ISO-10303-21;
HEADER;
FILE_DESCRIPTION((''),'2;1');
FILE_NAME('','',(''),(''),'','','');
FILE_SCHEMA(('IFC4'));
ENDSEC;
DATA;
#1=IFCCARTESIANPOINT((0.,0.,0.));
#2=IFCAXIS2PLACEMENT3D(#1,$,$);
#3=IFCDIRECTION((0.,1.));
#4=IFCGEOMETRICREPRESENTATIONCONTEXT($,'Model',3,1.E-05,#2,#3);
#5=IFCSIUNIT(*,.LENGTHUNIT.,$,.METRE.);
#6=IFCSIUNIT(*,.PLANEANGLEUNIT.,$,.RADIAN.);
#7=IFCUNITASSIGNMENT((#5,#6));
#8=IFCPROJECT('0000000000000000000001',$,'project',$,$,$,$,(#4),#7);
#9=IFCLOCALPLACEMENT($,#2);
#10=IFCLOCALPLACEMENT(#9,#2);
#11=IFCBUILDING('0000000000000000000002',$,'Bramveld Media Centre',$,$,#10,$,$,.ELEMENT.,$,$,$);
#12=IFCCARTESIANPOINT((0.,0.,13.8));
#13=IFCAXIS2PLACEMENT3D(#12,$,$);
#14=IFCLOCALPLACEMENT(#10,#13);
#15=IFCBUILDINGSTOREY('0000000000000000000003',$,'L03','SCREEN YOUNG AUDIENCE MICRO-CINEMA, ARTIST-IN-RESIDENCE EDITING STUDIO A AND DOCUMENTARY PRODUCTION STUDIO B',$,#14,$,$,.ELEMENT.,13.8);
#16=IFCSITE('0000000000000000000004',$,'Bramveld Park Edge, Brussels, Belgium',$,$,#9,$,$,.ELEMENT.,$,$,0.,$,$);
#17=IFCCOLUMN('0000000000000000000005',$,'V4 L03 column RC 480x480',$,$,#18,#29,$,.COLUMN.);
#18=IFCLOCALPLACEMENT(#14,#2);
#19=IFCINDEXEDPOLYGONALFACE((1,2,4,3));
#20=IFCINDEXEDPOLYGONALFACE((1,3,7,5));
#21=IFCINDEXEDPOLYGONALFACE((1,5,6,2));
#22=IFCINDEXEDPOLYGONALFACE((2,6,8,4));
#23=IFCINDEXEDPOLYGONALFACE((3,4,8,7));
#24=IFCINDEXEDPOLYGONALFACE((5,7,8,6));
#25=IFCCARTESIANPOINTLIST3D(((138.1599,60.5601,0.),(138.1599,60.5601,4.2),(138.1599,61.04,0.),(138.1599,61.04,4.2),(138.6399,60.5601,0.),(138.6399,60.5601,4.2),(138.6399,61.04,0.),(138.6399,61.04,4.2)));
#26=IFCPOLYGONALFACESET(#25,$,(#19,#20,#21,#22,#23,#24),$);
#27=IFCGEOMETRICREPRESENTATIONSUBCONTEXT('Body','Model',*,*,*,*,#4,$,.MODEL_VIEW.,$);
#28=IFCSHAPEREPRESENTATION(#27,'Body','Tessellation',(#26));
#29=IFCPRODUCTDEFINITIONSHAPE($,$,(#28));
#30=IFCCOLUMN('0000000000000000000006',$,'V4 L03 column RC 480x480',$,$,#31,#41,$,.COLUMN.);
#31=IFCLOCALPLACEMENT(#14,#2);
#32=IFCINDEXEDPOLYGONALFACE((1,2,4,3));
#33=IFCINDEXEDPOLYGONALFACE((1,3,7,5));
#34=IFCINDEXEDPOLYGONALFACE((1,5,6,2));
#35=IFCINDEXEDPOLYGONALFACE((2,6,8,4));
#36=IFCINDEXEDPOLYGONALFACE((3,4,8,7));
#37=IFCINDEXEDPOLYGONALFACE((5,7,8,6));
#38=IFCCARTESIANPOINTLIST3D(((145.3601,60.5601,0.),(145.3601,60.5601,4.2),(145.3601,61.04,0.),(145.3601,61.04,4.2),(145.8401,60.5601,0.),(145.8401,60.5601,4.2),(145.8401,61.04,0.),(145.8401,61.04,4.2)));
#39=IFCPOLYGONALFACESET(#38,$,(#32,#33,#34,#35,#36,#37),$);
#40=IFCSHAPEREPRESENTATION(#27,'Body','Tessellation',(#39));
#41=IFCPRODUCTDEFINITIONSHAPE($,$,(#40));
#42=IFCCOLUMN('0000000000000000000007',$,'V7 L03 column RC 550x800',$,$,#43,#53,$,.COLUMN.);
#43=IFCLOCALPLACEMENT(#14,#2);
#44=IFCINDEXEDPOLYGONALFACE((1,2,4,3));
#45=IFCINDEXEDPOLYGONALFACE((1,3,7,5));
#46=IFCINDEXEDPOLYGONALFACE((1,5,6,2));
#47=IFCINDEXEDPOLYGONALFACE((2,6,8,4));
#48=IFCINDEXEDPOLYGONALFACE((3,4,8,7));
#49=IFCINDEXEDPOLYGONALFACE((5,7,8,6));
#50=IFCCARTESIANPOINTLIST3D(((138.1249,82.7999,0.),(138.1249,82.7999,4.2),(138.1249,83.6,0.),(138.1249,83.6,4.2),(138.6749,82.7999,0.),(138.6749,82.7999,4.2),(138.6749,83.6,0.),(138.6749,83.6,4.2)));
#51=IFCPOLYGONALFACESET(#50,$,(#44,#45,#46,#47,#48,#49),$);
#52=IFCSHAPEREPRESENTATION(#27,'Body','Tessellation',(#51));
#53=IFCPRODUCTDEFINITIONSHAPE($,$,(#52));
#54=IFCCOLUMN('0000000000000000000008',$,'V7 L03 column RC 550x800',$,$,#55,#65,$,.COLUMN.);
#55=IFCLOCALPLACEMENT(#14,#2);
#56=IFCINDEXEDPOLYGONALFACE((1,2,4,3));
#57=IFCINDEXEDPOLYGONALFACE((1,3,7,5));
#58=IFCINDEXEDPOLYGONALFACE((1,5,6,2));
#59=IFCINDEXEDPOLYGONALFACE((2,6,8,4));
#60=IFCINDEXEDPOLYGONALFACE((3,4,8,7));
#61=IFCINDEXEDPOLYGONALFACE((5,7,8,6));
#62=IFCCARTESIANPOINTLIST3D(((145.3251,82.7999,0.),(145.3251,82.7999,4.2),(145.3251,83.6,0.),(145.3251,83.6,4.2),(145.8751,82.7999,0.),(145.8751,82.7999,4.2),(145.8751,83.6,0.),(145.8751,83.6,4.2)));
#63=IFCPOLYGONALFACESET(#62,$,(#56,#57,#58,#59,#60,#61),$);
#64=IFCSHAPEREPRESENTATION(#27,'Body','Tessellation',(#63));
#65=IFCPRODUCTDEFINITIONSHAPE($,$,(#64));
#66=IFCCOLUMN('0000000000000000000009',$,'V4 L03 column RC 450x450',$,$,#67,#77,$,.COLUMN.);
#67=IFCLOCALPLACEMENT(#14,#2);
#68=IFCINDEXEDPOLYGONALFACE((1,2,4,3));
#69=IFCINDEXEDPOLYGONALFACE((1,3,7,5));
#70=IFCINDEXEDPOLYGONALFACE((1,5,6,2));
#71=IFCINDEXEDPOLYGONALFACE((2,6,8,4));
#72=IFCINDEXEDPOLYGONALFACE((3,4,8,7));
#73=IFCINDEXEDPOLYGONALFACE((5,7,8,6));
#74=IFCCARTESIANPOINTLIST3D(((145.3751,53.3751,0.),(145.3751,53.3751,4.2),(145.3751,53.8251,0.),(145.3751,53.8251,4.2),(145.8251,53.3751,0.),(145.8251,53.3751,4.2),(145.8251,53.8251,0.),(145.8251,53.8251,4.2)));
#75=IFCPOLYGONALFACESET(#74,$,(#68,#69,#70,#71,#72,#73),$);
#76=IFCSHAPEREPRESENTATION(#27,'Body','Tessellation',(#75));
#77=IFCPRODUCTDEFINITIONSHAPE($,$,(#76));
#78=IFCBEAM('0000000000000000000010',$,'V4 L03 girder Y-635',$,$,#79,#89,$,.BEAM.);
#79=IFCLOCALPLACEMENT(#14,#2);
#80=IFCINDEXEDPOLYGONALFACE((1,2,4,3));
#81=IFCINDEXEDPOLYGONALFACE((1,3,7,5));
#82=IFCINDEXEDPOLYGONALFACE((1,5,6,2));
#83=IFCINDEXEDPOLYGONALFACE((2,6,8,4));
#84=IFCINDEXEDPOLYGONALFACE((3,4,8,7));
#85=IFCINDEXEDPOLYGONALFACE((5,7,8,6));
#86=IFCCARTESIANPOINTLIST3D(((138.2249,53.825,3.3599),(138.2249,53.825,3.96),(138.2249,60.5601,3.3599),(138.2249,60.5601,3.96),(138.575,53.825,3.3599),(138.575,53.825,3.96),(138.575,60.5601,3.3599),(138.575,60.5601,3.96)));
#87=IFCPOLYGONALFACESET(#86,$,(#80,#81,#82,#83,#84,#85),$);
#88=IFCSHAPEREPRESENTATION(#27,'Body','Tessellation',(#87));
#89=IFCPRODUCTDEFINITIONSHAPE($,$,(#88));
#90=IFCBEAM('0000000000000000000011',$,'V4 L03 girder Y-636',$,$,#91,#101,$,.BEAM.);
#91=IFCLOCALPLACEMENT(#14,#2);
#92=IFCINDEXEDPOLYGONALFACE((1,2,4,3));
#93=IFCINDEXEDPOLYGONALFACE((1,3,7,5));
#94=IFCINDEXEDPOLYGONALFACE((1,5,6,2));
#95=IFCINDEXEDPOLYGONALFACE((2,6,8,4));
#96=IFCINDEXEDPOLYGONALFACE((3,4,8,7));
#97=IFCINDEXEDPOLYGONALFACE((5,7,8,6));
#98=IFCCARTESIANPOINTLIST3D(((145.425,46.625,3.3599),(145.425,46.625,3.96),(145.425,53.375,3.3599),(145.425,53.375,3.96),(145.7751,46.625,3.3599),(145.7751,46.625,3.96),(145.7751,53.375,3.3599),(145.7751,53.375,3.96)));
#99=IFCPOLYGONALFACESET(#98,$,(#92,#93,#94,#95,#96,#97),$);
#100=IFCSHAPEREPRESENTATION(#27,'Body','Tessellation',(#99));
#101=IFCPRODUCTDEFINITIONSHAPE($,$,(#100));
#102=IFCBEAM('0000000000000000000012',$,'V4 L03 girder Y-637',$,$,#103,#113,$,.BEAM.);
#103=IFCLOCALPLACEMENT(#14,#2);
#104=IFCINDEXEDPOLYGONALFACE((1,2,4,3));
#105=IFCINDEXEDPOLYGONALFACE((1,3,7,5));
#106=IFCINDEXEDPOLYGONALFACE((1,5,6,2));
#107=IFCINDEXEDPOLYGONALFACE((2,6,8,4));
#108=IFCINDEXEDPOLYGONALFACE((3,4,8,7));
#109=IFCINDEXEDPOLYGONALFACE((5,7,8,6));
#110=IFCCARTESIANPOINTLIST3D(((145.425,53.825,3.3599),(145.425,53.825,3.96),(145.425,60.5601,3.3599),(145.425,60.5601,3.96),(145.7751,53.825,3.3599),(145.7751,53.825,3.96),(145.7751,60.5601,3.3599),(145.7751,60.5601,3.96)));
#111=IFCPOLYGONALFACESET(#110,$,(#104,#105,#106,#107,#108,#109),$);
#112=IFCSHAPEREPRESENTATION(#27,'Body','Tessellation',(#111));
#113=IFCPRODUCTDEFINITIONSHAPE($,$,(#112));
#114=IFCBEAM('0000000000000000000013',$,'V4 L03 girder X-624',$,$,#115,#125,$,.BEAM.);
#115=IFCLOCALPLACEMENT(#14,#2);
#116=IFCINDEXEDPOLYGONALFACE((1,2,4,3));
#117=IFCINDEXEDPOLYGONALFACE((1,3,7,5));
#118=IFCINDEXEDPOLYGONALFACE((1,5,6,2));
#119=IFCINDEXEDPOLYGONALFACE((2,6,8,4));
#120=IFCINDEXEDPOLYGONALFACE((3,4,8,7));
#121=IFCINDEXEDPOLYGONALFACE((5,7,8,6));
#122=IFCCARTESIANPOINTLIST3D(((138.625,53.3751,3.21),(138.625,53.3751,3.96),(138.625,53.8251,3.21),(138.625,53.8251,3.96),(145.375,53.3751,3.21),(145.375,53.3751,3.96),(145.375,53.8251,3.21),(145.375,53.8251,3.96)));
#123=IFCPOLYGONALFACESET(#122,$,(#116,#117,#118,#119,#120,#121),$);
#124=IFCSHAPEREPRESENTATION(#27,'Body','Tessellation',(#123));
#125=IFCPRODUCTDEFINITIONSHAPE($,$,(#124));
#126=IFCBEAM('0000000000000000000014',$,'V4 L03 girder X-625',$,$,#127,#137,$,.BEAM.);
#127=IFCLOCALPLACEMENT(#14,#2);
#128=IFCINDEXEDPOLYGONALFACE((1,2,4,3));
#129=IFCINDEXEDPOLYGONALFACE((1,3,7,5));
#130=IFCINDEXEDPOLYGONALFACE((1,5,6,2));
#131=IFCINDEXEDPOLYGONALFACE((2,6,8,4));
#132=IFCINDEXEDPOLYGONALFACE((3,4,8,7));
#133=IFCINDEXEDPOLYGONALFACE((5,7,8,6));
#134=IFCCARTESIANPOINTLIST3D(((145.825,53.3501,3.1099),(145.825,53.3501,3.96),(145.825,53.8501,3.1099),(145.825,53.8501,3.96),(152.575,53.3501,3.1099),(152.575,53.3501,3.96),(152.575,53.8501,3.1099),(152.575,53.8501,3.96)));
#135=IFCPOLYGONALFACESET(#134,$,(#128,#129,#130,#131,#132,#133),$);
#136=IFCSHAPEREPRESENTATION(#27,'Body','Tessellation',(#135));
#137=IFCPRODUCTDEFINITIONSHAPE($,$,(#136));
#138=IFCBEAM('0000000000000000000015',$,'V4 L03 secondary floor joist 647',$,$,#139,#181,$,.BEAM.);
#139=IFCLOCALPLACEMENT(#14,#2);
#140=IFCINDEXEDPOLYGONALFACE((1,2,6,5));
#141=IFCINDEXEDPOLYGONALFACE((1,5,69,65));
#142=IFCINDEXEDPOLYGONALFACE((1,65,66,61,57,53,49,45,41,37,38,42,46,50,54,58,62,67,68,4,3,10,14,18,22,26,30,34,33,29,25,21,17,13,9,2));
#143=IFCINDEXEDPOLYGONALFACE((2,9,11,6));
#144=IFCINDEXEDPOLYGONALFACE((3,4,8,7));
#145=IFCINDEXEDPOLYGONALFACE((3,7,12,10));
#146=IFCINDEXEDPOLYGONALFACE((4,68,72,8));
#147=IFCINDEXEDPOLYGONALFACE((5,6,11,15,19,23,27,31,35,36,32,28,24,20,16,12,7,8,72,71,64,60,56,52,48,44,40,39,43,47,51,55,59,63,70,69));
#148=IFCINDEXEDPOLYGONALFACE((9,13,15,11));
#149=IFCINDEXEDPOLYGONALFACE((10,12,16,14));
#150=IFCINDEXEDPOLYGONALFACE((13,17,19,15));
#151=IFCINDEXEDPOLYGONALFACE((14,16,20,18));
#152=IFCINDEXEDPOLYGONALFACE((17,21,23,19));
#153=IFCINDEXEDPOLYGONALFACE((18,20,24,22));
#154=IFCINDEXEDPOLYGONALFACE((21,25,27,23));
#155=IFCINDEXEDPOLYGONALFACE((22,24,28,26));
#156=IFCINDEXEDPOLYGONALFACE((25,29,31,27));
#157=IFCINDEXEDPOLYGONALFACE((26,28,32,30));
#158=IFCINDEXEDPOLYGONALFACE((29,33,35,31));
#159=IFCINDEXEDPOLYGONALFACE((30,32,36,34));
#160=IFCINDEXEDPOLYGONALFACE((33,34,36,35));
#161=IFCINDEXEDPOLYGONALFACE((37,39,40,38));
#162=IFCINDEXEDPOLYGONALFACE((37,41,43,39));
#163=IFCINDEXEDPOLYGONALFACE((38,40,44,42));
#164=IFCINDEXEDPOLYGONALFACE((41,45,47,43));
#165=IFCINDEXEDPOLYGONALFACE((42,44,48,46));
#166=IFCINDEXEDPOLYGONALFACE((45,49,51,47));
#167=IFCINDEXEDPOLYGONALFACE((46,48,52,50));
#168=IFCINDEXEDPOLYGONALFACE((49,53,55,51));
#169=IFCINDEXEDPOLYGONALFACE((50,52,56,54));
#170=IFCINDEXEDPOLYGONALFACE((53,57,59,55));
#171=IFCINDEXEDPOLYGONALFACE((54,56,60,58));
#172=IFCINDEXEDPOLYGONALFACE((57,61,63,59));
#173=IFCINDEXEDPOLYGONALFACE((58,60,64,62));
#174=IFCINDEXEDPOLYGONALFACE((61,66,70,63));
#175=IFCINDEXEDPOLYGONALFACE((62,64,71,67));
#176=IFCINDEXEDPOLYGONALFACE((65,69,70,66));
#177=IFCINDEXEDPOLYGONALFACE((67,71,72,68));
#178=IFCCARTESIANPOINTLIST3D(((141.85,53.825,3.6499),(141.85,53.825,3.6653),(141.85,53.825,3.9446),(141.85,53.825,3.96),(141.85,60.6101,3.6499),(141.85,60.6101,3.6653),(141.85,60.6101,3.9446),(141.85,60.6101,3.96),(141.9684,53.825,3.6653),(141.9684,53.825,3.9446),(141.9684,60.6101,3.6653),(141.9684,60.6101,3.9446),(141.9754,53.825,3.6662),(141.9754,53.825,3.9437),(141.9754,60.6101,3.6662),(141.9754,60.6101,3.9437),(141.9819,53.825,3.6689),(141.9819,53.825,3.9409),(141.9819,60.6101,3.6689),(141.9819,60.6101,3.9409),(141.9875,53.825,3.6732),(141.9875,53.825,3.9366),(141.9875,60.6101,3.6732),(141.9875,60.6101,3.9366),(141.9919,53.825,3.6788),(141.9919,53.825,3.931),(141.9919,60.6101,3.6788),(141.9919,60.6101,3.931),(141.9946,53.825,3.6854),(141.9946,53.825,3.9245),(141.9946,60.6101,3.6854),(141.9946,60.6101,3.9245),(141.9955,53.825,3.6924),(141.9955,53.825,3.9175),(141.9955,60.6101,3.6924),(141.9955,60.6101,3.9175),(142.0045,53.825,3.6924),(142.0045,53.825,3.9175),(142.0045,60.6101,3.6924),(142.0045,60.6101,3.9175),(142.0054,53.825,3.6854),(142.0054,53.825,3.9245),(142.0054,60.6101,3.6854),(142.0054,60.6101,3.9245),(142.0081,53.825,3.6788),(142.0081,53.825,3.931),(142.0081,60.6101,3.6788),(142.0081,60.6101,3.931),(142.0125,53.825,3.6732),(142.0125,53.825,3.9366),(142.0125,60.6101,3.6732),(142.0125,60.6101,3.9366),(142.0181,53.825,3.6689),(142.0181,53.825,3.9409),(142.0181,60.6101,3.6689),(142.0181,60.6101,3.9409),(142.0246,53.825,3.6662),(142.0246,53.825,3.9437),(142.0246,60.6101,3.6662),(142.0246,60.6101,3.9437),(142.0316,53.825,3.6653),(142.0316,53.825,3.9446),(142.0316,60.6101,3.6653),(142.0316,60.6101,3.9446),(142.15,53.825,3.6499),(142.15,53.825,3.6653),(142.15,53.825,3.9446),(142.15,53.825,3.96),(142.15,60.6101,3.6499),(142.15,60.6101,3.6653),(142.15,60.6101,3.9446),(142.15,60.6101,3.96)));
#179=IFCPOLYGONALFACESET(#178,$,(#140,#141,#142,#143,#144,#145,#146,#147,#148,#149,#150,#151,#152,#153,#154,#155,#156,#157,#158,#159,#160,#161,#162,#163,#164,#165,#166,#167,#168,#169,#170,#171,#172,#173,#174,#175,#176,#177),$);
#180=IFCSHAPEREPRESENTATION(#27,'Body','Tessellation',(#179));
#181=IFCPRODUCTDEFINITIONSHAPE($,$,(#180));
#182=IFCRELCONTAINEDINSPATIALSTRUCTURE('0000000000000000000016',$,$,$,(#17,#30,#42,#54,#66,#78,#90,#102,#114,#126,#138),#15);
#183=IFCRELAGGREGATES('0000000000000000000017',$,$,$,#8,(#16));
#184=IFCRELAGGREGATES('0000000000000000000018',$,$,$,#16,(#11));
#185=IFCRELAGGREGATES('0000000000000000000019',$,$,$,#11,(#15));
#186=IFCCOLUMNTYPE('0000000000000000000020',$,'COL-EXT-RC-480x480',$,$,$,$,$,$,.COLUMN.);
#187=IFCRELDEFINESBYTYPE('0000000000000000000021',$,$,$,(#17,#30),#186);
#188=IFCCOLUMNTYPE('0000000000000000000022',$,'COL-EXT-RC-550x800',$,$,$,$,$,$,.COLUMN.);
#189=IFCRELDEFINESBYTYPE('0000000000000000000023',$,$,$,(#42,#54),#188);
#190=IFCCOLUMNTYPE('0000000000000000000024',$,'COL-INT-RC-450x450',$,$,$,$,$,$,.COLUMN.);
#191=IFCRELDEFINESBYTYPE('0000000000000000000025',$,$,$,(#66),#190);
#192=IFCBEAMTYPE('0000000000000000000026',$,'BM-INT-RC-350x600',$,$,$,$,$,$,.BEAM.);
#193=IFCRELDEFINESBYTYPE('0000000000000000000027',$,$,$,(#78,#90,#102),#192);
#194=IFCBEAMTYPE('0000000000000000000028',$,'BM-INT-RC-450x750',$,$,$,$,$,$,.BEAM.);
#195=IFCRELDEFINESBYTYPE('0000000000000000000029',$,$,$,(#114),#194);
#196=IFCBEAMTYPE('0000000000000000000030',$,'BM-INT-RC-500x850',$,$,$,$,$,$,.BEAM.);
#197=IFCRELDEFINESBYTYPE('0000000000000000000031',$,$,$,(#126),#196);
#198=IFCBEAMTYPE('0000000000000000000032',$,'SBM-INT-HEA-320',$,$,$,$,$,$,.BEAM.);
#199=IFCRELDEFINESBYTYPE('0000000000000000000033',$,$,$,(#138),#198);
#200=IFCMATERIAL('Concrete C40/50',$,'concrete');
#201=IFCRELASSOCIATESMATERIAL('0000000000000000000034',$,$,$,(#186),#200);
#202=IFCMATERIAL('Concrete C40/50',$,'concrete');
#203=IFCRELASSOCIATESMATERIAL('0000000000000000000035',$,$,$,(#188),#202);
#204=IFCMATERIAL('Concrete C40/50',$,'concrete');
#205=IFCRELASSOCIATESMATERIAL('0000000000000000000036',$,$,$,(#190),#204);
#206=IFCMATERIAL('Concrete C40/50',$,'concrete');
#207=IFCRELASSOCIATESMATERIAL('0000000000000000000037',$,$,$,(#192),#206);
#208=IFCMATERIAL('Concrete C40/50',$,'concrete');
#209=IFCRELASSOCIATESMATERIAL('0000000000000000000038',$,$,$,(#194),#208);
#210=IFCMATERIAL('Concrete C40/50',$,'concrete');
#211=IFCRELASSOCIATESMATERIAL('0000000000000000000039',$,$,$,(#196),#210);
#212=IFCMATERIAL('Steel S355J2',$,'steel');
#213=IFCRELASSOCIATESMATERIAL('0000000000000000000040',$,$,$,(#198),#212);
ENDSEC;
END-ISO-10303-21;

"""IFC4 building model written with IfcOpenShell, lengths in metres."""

from ifc_helpers import new_model, si_unit, direction, frame, origin, origin_2d, place, context, subcontext, project, spatial, rectangle, i_section, extrude, material, material_profile, profile_set, type_object, element, save


model = new_model("IFC4")

# Units and contexts
model_context = context("Model", 3, precision=1e-05, world=origin(), true_north=direction((0.0, 1.0)))
body_context = subcontext(model_context, "Body", "Model", "MODEL_VIEW")
ifc_project = project(units=[si_unit("LENGTHUNIT", "METRE"), si_unit("PLANEANGLEUNIT", "RADIAN")], contexts=[model_context])

# Site, building, storey
site_placement = place(None, origin())
site = spatial("IfcSite", under=ifc_project, at=site_placement, Name="Bramveld Park Edge, Brussels, Belgium", CompositionType="ELEMENT", RefElevation=0.0)
building_placement = place(site_placement, origin())
building = spatial("IfcBuilding", under=site, at=building_placement, Name="Bramveld Media Centre", CompositionType="ELEMENT")
storey_placement = place(building_placement, frame((0.0, 0.0, 13.8)))
storey = spatial("IfcBuildingStorey", under=building, at=storey_placement, Name="L03", Description="SCREEN YOUNG AUDIENCE MICRO-CINEMA, ARTIST-IN-RESIDENCE EDITING STUDIO A AND DOCUMENTARY PRODUCTION STUDIO B", CompositionType="ELEMENT", Elevation=13.8)

# Columns
ifc_material_1 = material(Name="Concrete C40/50", Category="concrete")
ifc_material_profile_1 = material_profile(ifc_material_1, rectangle(XDim=0.48, YDim=0.48, at=origin_2d()), Name="RC 480x480")
ifc_profile_set_1 = profile_set([ifc_material_profile_1], Name="Concrete C40/50")
column_type_1 = type_object("IfcColumnType", Name="COL-EXT-RC-480x480", PredefinedType="COLUMN", material=ifc_profile_set_1)
for number, where, z_axis, x_axis, name in (
    (1, (138.3999, 60.8, 0.0), (0.0, 0.0, 1.0), (1.0, 0.0, 0.0), "V4 L03 column RC 480x480"),
    (2, (145.6001, 60.8, 0.0), (0.0, 0.0, 1.0), (1.0, 0.0, 0.0), "V4 L03 column RC 480x480"),
):
    element("IfcColumn", number, at=place(storey_placement, frame(where, z_axis=z_axis, x_axis=x_axis)), inside=storey, type_object=column_type_1, Name=name, PredefinedType="COLUMN", context=body_context, shape_type="SweptSolid", body=[
        extrude(rectangle(XDim=0.48, YDim=0.48, at=origin_2d()), origin(), (0.0, 0.0, 1.0), 4.2),
    ])
ifc_material_2 = material(Name="Concrete C40/50", Category="concrete")
ifc_material_profile_2 = material_profile(ifc_material_2, rectangle(XDim=0.55, YDim=0.8, at=origin_2d()), Name="RC 550x800")
ifc_profile_set_2 = profile_set([ifc_material_profile_2], Name="Concrete C40/50")
column_type_2 = type_object("IfcColumnType", Name="COL-EXT-RC-550x800", PredefinedType="COLUMN", material=ifc_profile_set_2)
for number, where, z_axis, x_axis, name in (
    (3, (138.3999, 83.2, 0.0), (0.0, 0.0, 1.0), (1.0, 0.0, 0.0), "V7 L03 column RC 550x800"),
    (4, (145.6001, 83.2, 0.0), (0.0, 0.0, 1.0), (1.0, 0.0, 0.0), "V7 L03 column RC 550x800"),
):
    element("IfcColumn", number, at=place(storey_placement, frame(where, z_axis=z_axis, x_axis=x_axis)), inside=storey, type_object=column_type_2, Name=name, PredefinedType="COLUMN", context=body_context, shape_type="SweptSolid", body=[
        extrude(rectangle(XDim=0.55, YDim=0.8, at=origin_2d()), origin(), (0.0, 0.0, 1.0), 4.2),
    ])
ifc_material_3 = material(Name="Concrete C40/50", Category="concrete")
ifc_material_profile_3 = material_profile(ifc_material_3, rectangle(XDim=0.45, YDim=0.45, at=origin_2d()), Name="RC 450x450")
ifc_profile_set_3 = profile_set([ifc_material_profile_3], Name="Concrete C40/50")
column_type_3 = type_object("IfcColumnType", Name="COL-INT-RC-450x450", PredefinedType="COLUMN", material=ifc_profile_set_3)
column_placement = place(storey_placement, frame((145.6001, 53.6001, 0.0), z_axis=(0.0, 0.0, 1.0), x_axis=(1.0, 0.0, 0.0)))
element("IfcColumn", 5, at=column_placement, inside=storey, type_object=column_type_3, Name="V4 L03 column RC 450x450", PredefinedType="COLUMN", context=body_context, shape_type="SweptSolid", body=[
    extrude(rectangle(XDim=0.45, YDim=0.45, at=origin_2d()), origin(), (0.0, 0.0, 1.0), 4.2),
])

# Beams
ifc_material_4 = material(Name="Concrete C40/50", Category="concrete")
ifc_material_profile_4 = material_profile(ifc_material_4, rectangle(XDim=0.3501, YDim=0.6001, at=origin_2d()), Name="RC 350x600")
ifc_profile_set_4 = profile_set([ifc_material_profile_4], Name="Concrete C40/50")
beam_type_1 = type_object("IfcBeamType", Name="BM-INT-RC-350x600", PredefinedType="BEAM", material=ifc_profile_set_4)
beam_1_placement = place(storey_placement, frame((138.3999, 53.825, 3.6599), z_axis=(0.0, 1.0, 0.0), x_axis=(-1.0, 0.0, 0.0)))
element("IfcBeam", 6, at=beam_1_placement, inside=storey, type_object=beam_type_1, Name="V4 L03 girder Y-635", PredefinedType="BEAM", context=body_context, shape_type="SweptSolid", body=[
    extrude(rectangle(XDim=0.3501, YDim=0.6001, at=origin_2d()), origin(), (0.0, 0.0, 1.0), 6.7351),
])
beam_2_placement = place(storey_placement, frame((145.6001, 46.625, 3.6599), z_axis=(0.0, 1.0, 0.0), x_axis=(-1.0, 0.0, 0.0)))
element("IfcBeam", 7, at=beam_2_placement, inside=storey, type_object=beam_type_1, Name="V4 L03 girder Y-636", PredefinedType="BEAM", context=body_context, shape_type="SweptSolid", body=[
    extrude(rectangle(XDim=0.3501, YDim=0.6001, at=origin_2d()), origin(), (0.0, 0.0, 1.0), 6.75),
])
beam_3_placement = place(storey_placement, frame((145.6001, 53.825, 3.6599), z_axis=(0.0, 1.0, 0.0), x_axis=(-1.0, 0.0, 0.0)))
element("IfcBeam", 8, at=beam_3_placement, inside=storey, type_object=beam_type_1, Name="V4 L03 girder Y-637", PredefinedType="BEAM", context=body_context, shape_type="SweptSolid", body=[
    extrude(rectangle(XDim=0.3501, YDim=0.6001, at=origin_2d()), origin(), (0.0, 0.0, 1.0), 6.7351),
])
ifc_material_5 = material(Name="Concrete C40/50", Category="concrete")
ifc_material_profile_5 = material_profile(ifc_material_5, rectangle(XDim=0.45, YDim=0.75, at=origin_2d()), Name="RC 450x750")
ifc_profile_set_5 = profile_set([ifc_material_profile_5], Name="Concrete C40/50")
beam_type_2 = type_object("IfcBeamType", Name="BM-INT-RC-450x750", PredefinedType="BEAM", material=ifc_profile_set_5)
beam_4_placement = place(storey_placement, frame((138.625, 53.6001, 3.585), z_axis=(1.0, 0.0, 0.0), x_axis=(0.0, 1.0, 0.0)))
element("IfcBeam", 9, at=beam_4_placement, inside=storey, type_object=beam_type_2, Name="V4 L03 girder X-624", PredefinedType="BEAM", context=body_context, shape_type="SweptSolid", body=[
    extrude(rectangle(XDim=0.45, YDim=0.75, at=origin_2d()), origin(), (0.0, 0.0, 1.0), 6.75),
])
ifc_material_6 = material(Name="Concrete C40/50", Category="concrete")
ifc_material_profile_6 = material_profile(ifc_material_6, rectangle(XDim=0.5, YDim=0.8501, at=origin_2d()), Name="RC 500x850")
ifc_profile_set_6 = profile_set([ifc_material_profile_6], Name="Concrete C40/50")
beam_type_3 = type_object("IfcBeamType", Name="BM-INT-RC-500x850", PredefinedType="BEAM", material=ifc_profile_set_6)
beam_5_placement = place(storey_placement, frame((145.825, 53.6001, 3.5349), z_axis=(1.0, 0.0, 0.0), x_axis=(0.0, 1.0, 0.0)))
element("IfcBeam", 10, at=beam_5_placement, inside=storey, type_object=beam_type_3, Name="V4 L03 girder X-625", PredefinedType="BEAM", context=body_context, shape_type="SweptSolid", body=[
    extrude(rectangle(XDim=0.5, YDim=0.8501, at=origin_2d()), origin(), (0.0, 0.0, 1.0), 6.75),
])
ifc_material_7 = material(Name="Steel S355J2", Category="steel")
ifc_material_profile_7 = material_profile(ifc_material_7, i_section(OverallWidth=0.3, OverallDepth=0.3101, WebThickness=0.009, FlangeThickness=0.0154, FilletRadius=0.0271, at=origin_2d()), Name="HEA 320")
ifc_profile_set_7 = profile_set([ifc_material_profile_7], Name="Steel S355J2")
beam_type_4 = type_object("IfcBeamType", Name="SBM-INT-HEA-320", PredefinedType="BEAM", material=ifc_profile_set_7)
beam_6_placement = place(storey_placement, frame((142.0, 53.825, 3.8049), z_axis=(0.0, 1.0, 0.0), x_axis=(-1.0, 0.0, 0.0)))
element("IfcBeam", 11, at=beam_6_placement, inside=storey, type_object=beam_type_4, Name="V4 L03 secondary floor joist 647", PredefinedType="BEAM", context=body_context, shape_type="SweptSolid", body=[
    extrude(i_section(OverallWidth=0.3, OverallDepth=0.3101, WebThickness=0.009, FlangeThickness=0.0154, FilletRadius=0.0271, at=origin_2d()), origin(), (0.0, 0.0, 1.0), 6.7852),
])

save(model, "model.ifc")
